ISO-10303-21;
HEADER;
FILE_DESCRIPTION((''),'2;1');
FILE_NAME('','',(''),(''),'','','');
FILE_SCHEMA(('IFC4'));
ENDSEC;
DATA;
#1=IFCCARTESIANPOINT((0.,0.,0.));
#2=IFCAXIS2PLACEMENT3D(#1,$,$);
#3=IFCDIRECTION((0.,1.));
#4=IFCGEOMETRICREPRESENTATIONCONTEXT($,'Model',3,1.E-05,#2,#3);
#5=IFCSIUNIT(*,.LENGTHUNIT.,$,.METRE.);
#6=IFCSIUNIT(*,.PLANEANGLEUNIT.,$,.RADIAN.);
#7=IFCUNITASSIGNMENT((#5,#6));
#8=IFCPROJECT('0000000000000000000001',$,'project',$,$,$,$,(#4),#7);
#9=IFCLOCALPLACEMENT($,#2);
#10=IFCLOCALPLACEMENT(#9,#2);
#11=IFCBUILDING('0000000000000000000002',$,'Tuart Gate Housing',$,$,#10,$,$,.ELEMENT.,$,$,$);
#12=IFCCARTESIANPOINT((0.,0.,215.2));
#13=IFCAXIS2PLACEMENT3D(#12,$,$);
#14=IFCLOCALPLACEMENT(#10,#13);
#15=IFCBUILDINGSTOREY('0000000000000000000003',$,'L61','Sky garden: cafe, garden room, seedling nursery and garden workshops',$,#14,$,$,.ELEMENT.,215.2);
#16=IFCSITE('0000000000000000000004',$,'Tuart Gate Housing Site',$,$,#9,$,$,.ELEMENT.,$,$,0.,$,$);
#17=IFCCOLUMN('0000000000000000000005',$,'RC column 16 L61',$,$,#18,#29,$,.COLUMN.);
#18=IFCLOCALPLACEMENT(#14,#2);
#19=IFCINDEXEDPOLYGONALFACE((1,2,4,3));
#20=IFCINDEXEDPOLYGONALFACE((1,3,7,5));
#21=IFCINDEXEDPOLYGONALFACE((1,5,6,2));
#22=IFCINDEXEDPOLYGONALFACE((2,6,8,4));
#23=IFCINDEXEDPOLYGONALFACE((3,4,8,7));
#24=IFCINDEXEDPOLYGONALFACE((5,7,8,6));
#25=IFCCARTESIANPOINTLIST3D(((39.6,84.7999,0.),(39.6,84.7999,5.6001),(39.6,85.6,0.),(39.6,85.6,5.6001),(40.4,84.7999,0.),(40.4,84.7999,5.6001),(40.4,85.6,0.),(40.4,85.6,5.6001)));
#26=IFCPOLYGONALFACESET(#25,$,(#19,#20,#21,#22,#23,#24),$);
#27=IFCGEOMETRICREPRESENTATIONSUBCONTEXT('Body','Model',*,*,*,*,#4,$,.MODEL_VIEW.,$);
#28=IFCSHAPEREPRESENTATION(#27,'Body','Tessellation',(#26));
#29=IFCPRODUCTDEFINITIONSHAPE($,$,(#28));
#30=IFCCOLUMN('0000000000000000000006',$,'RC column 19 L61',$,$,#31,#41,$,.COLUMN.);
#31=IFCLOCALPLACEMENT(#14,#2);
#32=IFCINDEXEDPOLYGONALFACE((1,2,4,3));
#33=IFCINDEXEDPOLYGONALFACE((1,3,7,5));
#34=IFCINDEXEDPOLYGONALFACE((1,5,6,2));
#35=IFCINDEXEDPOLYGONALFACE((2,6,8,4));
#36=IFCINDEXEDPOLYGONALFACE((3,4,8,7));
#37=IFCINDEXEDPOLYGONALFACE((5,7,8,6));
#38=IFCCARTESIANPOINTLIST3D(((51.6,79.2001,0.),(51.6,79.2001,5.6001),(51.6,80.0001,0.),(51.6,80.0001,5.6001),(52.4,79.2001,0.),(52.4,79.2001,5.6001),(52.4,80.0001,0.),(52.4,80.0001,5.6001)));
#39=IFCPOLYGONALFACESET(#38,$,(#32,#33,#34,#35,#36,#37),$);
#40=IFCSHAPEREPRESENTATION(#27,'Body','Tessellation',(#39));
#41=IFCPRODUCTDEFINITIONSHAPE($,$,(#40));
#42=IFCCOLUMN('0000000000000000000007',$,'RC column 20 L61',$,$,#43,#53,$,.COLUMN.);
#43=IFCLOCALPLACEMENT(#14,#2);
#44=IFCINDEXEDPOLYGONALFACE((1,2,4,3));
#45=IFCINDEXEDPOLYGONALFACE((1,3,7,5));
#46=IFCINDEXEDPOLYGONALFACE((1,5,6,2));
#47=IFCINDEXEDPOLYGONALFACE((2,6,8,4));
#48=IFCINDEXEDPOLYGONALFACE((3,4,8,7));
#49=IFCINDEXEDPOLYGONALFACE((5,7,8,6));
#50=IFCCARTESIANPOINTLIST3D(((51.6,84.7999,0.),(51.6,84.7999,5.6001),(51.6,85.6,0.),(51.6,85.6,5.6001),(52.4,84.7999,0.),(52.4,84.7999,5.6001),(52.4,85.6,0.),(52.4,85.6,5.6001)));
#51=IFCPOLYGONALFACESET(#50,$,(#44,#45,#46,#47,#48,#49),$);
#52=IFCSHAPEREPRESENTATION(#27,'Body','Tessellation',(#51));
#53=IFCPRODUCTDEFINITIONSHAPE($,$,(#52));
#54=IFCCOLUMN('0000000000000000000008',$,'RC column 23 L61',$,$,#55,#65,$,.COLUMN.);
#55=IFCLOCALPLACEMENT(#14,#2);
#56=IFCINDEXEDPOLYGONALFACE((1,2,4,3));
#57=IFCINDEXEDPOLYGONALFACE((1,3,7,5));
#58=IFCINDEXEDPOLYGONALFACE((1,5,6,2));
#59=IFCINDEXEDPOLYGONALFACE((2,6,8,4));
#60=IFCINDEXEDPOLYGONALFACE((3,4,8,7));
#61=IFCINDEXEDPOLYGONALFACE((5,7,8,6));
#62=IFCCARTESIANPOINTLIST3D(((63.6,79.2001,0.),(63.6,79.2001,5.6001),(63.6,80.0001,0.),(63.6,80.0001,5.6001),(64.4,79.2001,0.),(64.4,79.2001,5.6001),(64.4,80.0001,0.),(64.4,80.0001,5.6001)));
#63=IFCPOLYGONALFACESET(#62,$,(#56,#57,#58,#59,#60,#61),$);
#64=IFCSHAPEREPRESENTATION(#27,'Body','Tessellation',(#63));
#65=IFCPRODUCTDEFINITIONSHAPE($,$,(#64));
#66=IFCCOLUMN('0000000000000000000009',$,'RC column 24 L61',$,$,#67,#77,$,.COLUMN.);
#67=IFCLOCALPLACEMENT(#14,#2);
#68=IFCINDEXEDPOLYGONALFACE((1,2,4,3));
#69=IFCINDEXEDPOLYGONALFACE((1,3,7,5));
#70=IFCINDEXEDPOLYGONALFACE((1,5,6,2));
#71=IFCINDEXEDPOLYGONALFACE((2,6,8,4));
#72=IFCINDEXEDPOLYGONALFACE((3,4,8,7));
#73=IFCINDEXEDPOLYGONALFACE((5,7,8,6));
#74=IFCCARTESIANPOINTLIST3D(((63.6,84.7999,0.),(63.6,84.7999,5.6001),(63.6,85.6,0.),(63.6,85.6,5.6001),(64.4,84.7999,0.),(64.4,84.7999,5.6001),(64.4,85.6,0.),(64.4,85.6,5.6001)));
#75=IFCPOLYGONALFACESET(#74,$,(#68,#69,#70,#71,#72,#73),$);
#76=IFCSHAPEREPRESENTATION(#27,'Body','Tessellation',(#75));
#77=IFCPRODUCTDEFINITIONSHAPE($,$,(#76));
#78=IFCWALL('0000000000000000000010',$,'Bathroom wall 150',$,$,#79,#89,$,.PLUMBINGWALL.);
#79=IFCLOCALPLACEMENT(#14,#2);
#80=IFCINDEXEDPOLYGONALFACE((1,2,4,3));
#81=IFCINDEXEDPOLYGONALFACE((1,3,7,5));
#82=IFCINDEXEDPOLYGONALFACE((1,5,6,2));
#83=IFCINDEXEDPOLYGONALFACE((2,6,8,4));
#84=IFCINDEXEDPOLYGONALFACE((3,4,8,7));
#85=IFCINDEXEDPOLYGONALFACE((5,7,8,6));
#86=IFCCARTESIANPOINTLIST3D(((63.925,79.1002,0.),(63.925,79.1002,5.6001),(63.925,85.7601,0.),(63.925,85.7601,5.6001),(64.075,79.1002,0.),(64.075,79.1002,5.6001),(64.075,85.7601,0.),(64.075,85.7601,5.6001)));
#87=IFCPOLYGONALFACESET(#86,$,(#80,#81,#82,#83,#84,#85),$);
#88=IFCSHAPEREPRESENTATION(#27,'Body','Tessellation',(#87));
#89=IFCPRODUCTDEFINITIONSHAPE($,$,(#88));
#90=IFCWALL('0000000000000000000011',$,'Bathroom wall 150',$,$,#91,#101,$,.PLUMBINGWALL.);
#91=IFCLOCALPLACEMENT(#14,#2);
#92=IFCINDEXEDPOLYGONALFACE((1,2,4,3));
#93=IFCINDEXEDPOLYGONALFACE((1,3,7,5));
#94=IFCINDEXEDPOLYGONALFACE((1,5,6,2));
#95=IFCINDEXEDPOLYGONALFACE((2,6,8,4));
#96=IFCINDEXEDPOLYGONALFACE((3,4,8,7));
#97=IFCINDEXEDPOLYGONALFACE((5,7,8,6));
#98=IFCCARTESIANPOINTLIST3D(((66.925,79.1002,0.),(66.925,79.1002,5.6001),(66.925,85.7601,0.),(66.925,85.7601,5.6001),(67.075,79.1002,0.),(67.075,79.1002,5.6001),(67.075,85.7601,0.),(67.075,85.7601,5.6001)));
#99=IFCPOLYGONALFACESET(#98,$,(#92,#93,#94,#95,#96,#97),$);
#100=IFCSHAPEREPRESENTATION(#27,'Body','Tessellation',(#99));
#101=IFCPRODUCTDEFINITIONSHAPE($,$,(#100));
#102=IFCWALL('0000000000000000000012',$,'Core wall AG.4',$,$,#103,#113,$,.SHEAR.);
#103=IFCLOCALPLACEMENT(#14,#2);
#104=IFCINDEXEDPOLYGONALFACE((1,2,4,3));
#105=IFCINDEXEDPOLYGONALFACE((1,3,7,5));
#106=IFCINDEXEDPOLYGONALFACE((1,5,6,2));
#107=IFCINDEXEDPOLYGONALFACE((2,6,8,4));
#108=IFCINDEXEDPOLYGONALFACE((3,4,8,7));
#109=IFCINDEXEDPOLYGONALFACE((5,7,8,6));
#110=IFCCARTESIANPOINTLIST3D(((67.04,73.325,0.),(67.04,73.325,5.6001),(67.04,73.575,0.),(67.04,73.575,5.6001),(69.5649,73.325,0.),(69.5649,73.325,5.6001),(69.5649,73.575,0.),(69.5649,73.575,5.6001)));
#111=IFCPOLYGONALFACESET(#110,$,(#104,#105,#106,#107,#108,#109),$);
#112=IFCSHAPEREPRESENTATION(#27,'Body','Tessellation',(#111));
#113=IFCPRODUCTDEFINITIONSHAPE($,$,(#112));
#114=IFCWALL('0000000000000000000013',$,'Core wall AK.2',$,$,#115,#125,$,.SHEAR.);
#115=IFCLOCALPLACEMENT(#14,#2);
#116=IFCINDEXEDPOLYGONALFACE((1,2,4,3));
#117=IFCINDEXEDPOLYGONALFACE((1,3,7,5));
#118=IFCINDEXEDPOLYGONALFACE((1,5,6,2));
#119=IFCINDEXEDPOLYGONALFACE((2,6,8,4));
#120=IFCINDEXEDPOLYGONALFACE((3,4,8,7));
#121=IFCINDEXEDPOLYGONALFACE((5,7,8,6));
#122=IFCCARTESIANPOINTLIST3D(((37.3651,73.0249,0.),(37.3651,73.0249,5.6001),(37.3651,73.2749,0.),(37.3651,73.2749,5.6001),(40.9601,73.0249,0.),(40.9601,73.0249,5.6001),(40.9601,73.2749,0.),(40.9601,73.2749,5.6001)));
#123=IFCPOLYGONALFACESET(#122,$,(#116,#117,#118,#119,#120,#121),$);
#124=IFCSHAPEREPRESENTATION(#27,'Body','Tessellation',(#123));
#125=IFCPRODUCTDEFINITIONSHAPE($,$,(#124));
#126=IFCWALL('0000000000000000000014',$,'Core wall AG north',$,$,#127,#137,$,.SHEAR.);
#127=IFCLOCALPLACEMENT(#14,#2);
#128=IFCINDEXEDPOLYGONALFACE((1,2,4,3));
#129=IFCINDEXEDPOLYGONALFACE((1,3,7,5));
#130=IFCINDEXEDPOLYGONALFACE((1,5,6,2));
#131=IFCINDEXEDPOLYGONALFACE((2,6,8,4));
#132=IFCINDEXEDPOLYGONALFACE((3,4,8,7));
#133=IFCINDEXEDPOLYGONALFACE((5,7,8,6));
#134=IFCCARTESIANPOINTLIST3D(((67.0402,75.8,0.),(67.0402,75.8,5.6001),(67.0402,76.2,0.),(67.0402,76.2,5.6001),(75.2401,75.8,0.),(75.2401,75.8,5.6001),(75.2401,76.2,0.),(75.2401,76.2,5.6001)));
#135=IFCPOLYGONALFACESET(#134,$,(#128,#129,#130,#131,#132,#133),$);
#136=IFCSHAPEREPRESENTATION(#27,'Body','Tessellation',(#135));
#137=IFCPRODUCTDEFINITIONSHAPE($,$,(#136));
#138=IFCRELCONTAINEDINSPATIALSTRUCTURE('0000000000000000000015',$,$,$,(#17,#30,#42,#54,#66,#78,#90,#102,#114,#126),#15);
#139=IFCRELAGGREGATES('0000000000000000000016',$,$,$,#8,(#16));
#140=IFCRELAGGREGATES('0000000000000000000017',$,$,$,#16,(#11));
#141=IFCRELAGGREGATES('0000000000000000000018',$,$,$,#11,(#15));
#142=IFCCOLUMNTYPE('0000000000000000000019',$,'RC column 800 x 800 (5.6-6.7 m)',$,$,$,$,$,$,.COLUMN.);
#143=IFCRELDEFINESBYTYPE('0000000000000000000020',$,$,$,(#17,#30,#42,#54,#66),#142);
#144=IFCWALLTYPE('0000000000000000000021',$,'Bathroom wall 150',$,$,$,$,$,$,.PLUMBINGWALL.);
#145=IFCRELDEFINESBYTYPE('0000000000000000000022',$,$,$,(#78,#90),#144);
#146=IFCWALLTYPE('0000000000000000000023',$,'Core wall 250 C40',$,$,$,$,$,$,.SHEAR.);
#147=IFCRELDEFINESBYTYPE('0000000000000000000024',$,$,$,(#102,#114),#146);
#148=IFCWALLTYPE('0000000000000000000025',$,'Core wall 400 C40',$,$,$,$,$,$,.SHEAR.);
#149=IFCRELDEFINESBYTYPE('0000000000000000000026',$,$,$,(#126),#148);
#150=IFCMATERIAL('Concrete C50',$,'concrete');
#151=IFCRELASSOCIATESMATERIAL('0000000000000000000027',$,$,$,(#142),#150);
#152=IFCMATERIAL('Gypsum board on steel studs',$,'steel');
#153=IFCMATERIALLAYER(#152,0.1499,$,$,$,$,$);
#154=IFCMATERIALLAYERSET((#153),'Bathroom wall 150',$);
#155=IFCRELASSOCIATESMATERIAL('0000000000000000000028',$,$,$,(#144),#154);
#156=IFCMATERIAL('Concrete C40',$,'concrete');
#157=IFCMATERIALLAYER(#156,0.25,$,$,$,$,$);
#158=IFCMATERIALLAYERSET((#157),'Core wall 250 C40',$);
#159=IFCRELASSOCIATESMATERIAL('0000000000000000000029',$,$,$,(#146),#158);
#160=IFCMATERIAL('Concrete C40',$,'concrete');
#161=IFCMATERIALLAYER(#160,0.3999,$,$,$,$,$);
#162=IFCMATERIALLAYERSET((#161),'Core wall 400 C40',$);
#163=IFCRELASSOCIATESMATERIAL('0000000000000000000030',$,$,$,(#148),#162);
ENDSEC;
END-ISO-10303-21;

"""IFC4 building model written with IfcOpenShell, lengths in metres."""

from ifc_helpers import new_model, si_unit, direction, frame, frame_2d, origin, origin_2d, place, context, subcontext, project, spatial, rectangle, extrude, material, layer, layer_set, material_profile, profile_set, type_object, element, save


model = new_model("IFC4")

# Units and contexts
model_context = context("Model", 3, precision=1e-05, world=origin(), true_north=direction((0.0, 1.0)))
body_context = subcontext(model_context, "Body", "Model", "MODEL_VIEW")
ifc_project = project(units=[si_unit("LENGTHUNIT", "METRE"), si_unit("PLANEANGLEUNIT", "RADIAN")], contexts=[model_context])

# Site, building, storey
site_placement = place(None, origin())
site = spatial("IfcSite", under=ifc_project, at=site_placement, Name="Tuart Gate Housing Site", CompositionType="ELEMENT", RefElevation=0.0)
building_placement = place(site_placement, origin())
building = spatial("IfcBuilding", under=site, at=building_placement, Name="Tuart Gate Housing", CompositionType="ELEMENT")
storey_placement = place(building_placement, frame((0.0, 0.0, 215.2)))
storey = spatial("IfcBuildingStorey", under=building, at=storey_placement, Name="L61", Description="Sky garden: cafe, garden room, seedling nursery and garden workshops", CompositionType="ELEMENT", Elevation=215.2)

# Columns
ifc_material_1 = material(Name="Concrete C50", Category="concrete")
ifc_material_profile = material_profile(ifc_material_1, rectangle(XDim=0.8, YDim=0.8, at=origin_2d()), Name="RC column 800 x 800 (5.6-6.7 m)")
ifc_profile_set = profile_set([ifc_material_profile], Name="Concrete C50")
column_type = type_object("IfcColumnType", Name="RC column 800 x 800 (5.6-6.7 m)", PredefinedType="COLUMN", material=ifc_profile_set)
for number, where, z_axis, x_axis, name in (
    (1, (40.0, 85.2, 0.0), (0.0, 0.0, 1.0), (1.0, 0.0, 0.0), "RC column 16 L61"),
    (2, (52.0, 79.6001, 0.0), (0.0, 0.0, 1.0), (1.0, 0.0, 0.0), "RC column 19 L61"),
    (3, (52.0, 85.2, 0.0), (0.0, 0.0, 1.0), (1.0, 0.0, 0.0), "RC column 20 L61"),
    (4, (64.0, 79.6001, 0.0), (0.0, 0.0, 1.0), (1.0, 0.0, 0.0), "RC column 23 L61"),
    (5, (64.0, 85.2, 0.0), (0.0, 0.0, 1.0), (1.0, 0.0, 0.0), "RC column 24 L61"),
):
    element("IfcColumn", number, at=place(storey_placement, frame(where, z_axis=z_axis, x_axis=x_axis)), inside=storey, type_object=column_type, Name=name, PredefinedType="COLUMN", context=body_context, shape_type="SweptSolid", body=[
        extrude(rectangle(XDim=0.8, YDim=0.8, at=origin_2d()), origin(), (0.0, 0.0, 1.0), 5.6001),
    ])

# Walls
ifc_material_2 = material(Name="Gypsum board on steel studs", Category="steel")
ifc_layer_1 = layer(ifc_material_2, 0.1499)
ifc_layer_set_1 = layer_set([ifc_layer_1], Name="Bathroom wall 150")
wall_type_1 = type_object("IfcWallType", Name="Bathroom wall 150", PredefinedType="PLUMBINGWALL", material=ifc_layer_set_1)
for number, where, z_axis, x_axis, name in (
    (6, (64.0, 79.1001, 0.0), (0.0, 0.0, 1.0), (0.0, 1.0, 0.0), "Bathroom wall 150"),
    (7, (67.0, 79.1001, 0.0), (0.0, 0.0, 1.0), (0.0, 1.0, 0.0), "Bathroom wall 150"),
):
    element("IfcWall", number, at=place(storey_placement, frame(where, z_axis=z_axis, x_axis=x_axis)), inside=storey, type_object=wall_type_1, Name=name, PredefinedType="PLUMBINGWALL", context=body_context, shape_type="SweptSolid", body=[
        extrude(rectangle(XDim=6.6599, YDim=0.1499, at=frame_2d((3.3301, 0.0))), origin(), (0.0, 0.0, 1.0), 5.6001),
    ])
ifc_material_3 = material(Name="Concrete C40", Category="concrete")
ifc_layer_2 = layer(ifc_material_3, 0.25)
ifc_layer_set_2 = layer_set([ifc_layer_2], Name="Core wall 250 C40")
wall_type_2 = type_object("IfcWallType", Name="Core wall 250 C40", PredefinedType="SHEAR", material=ifc_layer_set_2)
wall_1_placement = place(storey_placement, frame((67.04, 73.45, 0.0), z_axis=(0.0, 0.0, 1.0), x_axis=(1.0, 0.0, 0.0)))
element("IfcWall", 8, at=wall_1_placement, inside=storey, type_object=wall_type_2, Name="Core wall AG.4", PredefinedType="SHEAR", context=body_context, shape_type="SweptSolid", body=[
    extrude(rectangle(XDim=2.5249, YDim=0.25, at=frame_2d((1.2625, 0.0))), origin(), (0.0, 0.0, 1.0), 5.6001),
])
wall_2_placement = place(storey_placement, frame((40.96, 73.1499, 0.0), z_axis=(0.0, 0.0, 1.0), x_axis=(-1.0, 0.0, 0.0)))
element("IfcWall", 9, at=wall_2_placement, inside=storey, type_object=wall_type_2, Name="Core wall AK.2", PredefinedType="SHEAR", context=body_context, shape_type="SweptSolid", body=[
    extrude(rectangle(XDim=3.595, YDim=0.25, at=frame_2d((1.7974, 0.0))), origin(), (0.0, 0.0, 1.0), 5.6001),
])
ifc_material_4 = material(Name="Concrete C40", Category="concrete")
ifc_layer_3 = layer(ifc_material_4, 0.3999)
ifc_layer_set_3 = layer_set([ifc_layer_3], Name="Core wall 400 C40")
wall_type_3 = type_object("IfcWallType", Name="Core wall 400 C40", PredefinedType="SHEAR", material=ifc_layer_set_3)
wall_3_placement = place(storey_placement, frame((67.04, 76.0, 0.0), z_axis=(0.0, 0.0, 1.0), x_axis=(1.0, 0.0, 0.0)))
element("IfcWall", 10, at=wall_3_placement, inside=storey, type_object=wall_type_3, Name="Core wall AG north", PredefinedType="SHEAR", context=body_context, shape_type="SweptSolid", body=[
    extrude(rectangle(XDim=8.2, YDim=0.3999, at=frame_2d((4.1001, 0.0))), origin(), (0.0, 0.0, 1.0), 5.6001),
])

save(model, "model.ifc")
